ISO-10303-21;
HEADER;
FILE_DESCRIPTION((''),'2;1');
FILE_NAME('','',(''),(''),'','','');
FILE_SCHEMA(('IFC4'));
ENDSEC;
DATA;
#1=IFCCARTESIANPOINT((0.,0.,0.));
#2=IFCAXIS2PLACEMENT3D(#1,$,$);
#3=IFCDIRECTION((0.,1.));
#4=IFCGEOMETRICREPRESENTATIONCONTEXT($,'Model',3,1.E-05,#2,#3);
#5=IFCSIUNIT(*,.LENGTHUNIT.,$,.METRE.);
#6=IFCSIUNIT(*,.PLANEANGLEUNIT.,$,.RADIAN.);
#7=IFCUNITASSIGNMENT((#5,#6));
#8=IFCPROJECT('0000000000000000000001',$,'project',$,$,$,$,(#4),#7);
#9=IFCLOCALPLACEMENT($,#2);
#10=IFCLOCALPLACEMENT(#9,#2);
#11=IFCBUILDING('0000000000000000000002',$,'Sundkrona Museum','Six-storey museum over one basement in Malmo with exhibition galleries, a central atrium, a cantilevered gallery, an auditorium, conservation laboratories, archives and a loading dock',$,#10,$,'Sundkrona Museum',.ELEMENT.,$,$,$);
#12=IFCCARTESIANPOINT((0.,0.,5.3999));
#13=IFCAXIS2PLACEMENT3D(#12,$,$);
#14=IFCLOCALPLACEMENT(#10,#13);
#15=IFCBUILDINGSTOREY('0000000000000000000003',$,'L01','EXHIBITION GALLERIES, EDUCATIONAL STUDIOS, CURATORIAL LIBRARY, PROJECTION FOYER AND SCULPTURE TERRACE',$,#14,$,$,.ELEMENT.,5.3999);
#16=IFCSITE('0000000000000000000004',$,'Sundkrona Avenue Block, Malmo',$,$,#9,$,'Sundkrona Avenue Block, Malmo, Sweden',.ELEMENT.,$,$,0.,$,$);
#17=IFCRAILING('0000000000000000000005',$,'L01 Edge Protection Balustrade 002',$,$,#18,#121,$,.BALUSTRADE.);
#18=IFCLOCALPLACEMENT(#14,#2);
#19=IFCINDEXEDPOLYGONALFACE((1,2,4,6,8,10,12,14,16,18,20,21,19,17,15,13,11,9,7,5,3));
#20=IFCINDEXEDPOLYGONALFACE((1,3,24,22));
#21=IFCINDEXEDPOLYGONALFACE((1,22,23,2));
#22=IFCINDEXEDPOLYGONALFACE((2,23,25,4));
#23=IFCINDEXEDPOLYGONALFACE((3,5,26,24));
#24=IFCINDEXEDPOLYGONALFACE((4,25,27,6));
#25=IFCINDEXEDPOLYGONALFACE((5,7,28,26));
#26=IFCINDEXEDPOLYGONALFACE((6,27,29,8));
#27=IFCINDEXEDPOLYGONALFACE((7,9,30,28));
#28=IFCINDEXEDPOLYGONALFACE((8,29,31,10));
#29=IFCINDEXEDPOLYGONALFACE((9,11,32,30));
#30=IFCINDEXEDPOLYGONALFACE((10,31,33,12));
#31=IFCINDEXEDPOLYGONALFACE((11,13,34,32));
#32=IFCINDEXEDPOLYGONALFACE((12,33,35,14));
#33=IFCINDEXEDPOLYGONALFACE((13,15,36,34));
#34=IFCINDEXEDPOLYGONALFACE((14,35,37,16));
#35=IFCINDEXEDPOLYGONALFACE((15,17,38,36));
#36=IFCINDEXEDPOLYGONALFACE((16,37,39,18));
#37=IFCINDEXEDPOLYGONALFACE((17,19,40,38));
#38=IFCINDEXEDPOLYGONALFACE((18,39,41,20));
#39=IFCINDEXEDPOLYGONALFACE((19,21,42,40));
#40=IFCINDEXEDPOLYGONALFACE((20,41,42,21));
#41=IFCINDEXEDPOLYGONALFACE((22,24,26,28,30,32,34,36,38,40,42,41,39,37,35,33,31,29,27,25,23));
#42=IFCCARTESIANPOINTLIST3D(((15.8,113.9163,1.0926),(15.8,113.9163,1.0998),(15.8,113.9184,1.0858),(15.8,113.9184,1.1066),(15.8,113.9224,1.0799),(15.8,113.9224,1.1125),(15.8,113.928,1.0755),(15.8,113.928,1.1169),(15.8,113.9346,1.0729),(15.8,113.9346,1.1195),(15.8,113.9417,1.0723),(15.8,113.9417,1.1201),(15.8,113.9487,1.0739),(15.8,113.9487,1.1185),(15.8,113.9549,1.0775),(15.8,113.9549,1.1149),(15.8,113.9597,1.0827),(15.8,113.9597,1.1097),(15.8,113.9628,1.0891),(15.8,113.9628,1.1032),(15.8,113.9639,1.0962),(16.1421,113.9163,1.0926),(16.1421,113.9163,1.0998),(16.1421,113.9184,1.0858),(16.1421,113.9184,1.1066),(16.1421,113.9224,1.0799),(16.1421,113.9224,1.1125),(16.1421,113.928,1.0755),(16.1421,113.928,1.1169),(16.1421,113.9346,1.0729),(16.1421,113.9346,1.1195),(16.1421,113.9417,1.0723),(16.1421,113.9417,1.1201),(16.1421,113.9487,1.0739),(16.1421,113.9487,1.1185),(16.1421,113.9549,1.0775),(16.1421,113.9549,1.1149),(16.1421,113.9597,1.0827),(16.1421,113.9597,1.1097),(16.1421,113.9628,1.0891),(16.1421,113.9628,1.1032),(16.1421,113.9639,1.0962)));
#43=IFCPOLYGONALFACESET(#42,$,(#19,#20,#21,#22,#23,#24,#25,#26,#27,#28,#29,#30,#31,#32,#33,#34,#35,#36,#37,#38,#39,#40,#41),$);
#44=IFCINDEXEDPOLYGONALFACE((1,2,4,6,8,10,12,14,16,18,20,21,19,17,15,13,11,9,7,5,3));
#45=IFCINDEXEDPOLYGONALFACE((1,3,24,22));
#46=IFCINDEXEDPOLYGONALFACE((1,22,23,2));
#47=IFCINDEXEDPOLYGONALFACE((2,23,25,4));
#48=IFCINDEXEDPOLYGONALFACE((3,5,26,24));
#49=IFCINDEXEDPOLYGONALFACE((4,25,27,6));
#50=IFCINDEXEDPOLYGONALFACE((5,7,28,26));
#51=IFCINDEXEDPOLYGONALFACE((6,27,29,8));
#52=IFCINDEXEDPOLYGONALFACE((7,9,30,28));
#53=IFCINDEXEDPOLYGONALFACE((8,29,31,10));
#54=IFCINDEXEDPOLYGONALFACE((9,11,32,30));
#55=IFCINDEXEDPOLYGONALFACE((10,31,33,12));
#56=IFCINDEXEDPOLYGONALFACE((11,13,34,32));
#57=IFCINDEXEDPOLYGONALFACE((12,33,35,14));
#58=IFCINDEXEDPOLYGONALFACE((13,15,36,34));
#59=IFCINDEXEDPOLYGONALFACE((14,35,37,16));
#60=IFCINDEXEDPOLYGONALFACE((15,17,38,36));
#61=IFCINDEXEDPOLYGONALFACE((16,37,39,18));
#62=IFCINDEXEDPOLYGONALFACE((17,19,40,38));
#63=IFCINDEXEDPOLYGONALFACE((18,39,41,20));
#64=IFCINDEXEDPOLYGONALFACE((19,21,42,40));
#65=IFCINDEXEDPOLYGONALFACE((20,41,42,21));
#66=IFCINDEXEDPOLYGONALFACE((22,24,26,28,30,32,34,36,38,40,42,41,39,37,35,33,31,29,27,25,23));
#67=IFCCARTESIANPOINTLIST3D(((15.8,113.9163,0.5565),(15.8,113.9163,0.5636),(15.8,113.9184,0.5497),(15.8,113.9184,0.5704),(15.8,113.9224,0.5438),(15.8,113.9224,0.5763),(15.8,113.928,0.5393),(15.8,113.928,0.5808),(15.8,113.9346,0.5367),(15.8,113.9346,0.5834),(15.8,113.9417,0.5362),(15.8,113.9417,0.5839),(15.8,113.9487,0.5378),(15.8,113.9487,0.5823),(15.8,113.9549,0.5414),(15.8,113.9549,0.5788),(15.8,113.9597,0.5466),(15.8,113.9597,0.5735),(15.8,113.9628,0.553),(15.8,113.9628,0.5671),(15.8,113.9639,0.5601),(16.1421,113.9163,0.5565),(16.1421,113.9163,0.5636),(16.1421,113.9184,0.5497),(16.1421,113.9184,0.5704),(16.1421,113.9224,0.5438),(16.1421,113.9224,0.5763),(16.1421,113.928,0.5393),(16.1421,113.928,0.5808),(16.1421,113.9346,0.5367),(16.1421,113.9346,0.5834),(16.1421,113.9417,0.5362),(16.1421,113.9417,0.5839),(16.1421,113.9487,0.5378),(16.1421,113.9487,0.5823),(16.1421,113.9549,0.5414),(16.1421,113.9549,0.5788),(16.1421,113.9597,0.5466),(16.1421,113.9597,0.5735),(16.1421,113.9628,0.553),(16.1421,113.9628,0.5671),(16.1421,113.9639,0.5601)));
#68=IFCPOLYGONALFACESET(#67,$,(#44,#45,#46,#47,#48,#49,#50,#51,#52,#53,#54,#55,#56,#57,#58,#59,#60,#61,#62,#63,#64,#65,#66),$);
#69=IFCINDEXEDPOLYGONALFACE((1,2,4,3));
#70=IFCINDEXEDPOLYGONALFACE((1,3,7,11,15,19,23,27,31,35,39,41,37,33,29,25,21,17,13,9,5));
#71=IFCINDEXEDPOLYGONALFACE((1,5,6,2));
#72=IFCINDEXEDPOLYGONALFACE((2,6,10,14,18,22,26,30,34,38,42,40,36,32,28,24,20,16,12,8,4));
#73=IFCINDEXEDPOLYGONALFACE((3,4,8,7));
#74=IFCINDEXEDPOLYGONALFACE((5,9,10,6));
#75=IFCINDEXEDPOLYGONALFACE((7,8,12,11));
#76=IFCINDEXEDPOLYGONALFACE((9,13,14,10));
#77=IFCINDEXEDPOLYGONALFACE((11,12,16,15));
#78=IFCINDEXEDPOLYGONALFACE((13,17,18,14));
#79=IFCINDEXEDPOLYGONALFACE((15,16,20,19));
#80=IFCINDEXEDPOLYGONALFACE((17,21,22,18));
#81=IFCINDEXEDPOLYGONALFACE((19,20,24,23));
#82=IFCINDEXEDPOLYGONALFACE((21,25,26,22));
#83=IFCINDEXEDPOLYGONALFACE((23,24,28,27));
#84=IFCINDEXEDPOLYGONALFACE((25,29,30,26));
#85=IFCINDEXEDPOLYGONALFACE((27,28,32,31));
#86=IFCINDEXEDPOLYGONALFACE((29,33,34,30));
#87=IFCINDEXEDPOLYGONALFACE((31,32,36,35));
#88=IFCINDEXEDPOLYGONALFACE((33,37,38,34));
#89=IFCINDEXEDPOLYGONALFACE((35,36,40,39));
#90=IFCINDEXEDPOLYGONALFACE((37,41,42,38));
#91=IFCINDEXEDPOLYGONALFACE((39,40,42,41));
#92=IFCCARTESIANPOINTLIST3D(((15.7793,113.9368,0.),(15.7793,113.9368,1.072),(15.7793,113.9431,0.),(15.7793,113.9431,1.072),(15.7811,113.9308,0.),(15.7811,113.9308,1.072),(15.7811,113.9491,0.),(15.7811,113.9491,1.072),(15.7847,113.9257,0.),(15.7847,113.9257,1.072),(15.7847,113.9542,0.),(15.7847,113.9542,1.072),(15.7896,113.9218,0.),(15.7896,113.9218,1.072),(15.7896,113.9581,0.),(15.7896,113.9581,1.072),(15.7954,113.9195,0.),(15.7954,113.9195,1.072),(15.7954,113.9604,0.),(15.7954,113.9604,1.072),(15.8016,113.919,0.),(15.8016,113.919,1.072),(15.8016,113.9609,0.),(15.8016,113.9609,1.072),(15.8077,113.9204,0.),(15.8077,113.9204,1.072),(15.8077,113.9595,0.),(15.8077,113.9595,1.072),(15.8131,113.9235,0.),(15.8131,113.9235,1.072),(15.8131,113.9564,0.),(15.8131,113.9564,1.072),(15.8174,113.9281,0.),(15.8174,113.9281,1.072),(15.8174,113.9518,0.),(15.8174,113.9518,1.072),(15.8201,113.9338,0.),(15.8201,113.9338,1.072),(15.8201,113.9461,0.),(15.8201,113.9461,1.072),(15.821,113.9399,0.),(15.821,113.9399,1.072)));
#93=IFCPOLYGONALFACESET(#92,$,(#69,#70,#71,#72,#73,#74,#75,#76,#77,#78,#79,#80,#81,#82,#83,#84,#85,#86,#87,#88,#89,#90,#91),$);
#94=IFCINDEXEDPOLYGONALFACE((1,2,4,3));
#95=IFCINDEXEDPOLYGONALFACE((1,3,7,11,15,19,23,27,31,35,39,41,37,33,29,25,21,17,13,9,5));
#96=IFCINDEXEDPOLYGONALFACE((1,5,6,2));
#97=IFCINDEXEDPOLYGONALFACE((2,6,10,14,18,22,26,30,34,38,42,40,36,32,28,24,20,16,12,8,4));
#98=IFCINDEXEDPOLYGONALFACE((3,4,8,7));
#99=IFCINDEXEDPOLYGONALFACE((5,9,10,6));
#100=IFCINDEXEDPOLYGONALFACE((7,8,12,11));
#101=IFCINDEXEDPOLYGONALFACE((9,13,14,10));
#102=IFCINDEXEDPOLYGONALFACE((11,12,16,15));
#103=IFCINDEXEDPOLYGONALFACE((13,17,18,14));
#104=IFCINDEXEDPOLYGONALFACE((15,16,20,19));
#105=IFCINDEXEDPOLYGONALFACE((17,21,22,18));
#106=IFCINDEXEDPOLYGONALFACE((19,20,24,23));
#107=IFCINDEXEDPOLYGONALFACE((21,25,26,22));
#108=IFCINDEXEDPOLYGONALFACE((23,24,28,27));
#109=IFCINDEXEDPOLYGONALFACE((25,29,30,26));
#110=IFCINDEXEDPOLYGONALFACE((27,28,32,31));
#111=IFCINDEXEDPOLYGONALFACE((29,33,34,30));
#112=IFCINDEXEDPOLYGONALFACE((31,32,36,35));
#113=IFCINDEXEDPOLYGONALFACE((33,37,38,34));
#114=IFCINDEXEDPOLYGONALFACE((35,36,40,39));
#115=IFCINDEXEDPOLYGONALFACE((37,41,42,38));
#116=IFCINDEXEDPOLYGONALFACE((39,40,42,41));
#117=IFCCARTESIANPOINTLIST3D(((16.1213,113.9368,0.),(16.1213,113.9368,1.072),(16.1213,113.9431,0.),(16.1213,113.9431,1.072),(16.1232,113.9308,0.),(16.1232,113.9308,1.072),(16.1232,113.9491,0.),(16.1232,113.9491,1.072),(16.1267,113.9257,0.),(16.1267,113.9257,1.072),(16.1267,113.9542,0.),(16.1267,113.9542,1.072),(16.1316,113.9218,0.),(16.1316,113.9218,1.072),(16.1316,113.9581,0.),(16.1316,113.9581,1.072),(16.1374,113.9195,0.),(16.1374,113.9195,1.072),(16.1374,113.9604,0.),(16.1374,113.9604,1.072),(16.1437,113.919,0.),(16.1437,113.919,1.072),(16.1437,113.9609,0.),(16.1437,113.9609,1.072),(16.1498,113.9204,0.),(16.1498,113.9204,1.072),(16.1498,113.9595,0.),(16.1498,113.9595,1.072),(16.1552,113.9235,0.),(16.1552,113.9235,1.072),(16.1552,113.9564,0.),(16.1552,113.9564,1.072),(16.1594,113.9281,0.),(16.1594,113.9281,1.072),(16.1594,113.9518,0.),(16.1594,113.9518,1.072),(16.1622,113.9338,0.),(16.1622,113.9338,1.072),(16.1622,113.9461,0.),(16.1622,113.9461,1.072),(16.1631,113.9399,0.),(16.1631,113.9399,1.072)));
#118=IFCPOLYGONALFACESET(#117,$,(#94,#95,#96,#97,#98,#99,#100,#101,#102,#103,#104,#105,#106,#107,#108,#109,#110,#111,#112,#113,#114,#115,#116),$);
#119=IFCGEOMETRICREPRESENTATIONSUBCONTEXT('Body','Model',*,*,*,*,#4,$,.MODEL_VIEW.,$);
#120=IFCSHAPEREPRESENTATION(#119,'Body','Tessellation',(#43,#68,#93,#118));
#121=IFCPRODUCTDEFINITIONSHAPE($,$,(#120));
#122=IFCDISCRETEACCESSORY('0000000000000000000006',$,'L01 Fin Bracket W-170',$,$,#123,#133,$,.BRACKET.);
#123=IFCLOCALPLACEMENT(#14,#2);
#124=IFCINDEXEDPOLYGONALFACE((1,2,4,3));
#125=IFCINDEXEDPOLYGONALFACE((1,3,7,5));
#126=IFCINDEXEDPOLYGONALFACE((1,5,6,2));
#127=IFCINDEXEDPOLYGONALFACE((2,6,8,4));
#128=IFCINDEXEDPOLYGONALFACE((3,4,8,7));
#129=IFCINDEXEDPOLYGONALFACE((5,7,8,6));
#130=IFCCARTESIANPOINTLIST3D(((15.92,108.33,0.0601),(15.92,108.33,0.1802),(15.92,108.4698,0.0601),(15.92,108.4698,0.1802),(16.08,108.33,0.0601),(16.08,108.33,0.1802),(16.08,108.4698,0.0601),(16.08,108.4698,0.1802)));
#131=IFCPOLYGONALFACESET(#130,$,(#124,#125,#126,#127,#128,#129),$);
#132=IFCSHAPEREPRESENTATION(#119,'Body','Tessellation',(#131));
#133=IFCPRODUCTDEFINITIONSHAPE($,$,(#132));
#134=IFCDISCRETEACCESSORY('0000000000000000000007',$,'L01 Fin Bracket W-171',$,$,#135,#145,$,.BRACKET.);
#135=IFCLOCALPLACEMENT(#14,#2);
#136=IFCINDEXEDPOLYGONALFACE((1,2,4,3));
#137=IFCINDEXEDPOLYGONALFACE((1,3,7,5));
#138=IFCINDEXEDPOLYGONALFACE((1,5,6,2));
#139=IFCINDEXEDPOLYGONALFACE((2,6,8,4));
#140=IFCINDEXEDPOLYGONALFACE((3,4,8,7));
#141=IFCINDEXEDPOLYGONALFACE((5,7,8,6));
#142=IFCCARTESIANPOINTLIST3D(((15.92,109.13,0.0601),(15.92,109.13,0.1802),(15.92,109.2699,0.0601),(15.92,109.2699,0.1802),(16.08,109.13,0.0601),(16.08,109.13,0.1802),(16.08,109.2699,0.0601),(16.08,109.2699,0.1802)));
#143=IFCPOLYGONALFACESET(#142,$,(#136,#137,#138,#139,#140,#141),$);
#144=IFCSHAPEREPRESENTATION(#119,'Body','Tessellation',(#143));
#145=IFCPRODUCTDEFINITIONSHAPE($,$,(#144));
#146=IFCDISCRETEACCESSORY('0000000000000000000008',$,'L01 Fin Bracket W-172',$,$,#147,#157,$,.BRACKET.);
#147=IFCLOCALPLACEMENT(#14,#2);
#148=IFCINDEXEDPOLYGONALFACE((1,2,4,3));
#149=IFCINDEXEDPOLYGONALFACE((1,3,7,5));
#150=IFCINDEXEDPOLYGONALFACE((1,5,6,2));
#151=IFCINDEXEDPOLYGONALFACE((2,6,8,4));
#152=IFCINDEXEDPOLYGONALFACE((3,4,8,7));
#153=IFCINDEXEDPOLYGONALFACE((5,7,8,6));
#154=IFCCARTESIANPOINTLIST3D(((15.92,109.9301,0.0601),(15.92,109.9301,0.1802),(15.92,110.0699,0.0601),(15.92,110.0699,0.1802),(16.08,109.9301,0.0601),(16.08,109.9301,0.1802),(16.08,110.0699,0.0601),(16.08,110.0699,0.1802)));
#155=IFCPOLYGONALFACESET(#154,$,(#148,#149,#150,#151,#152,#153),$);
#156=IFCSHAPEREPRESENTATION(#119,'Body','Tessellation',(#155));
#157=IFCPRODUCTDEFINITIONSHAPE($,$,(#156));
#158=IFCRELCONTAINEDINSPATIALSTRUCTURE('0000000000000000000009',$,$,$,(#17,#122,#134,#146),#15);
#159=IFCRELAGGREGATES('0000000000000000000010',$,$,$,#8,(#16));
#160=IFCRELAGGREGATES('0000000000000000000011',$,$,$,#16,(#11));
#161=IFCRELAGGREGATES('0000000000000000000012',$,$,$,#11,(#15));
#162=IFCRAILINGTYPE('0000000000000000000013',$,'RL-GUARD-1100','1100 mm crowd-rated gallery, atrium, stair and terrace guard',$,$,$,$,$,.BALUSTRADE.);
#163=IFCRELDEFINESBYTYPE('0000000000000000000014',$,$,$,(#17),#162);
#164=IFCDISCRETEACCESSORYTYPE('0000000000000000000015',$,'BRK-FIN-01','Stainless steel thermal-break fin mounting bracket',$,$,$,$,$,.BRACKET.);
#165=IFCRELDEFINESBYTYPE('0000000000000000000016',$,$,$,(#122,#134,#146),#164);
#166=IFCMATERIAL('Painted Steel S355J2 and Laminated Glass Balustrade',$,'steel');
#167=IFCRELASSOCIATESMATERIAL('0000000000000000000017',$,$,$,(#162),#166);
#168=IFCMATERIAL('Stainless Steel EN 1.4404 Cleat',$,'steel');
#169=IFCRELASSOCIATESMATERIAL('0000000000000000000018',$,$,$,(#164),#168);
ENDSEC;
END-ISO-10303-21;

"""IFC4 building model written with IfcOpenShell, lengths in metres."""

from ifc_helpers import new_model, si_unit, direction, frame, origin, origin_2d, place, context, subcontext, project, spatial, rectangle, circle, extrude, material, type_object, element, save


model = new_model("IFC4")

# Units and contexts
model_context = context("Model", 3, precision=1e-05, world=origin(), true_north=direction((0.0, 1.0)))
body_context = subcontext(model_context, "Body", "Model", "MODEL_VIEW")
ifc_project = project(units=[si_unit("LENGTHUNIT", "METRE"), si_unit("PLANEANGLEUNIT", "RADIAN")], contexts=[model_context])

# Site, building, storey
site_placement = place(None, origin())
site = spatial("IfcSite", under=ifc_project, at=site_placement, Name="Sundkrona Avenue Block, Malmo", LongName="Sundkrona Avenue Block, Malmo, Sweden", CompositionType="ELEMENT", RefElevation=0.0)
building_placement = place(site_placement, origin())
building = spatial("IfcBuilding", under=site, at=building_placement, Name="Sundkrona Museum", Description="Six-storey museum over one basement in Malmo with exhibition galleries, a central atrium, a cantilevered gallery, an auditorium, conservation laboratories, archives and a loading dock", LongName="Sundkrona Museum", CompositionType="ELEMENT")
storey_placement = place(building_placement, frame((0.0, 0.0, 5.3999)))
storey = spatial("IfcBuildingStorey", under=building, at=storey_placement, Name="L01", Description="EXHIBITION GALLERIES, EDUCATIONAL STUDIOS, CURATORIAL LIBRARY, PROJECTION FOYER AND SCULPTURE TERRACE", CompositionType="ELEMENT", Elevation=5.3999)

# Railing
ifc_material_1 = material(Name="Painted Steel S355J2 and Laminated Glass Balustrade", Category="steel")
railing_type = type_object("IfcRailingType", Name="RL-GUARD-1100", Description="1100 mm crowd-rated gallery, atrium, stair and terrace guard", PredefinedType="BALUSTRADE", material=ifc_material_1)
railing_placement = place(storey_placement, frame((15.8, 113.9399, 0.0)))
element("IfcRailing", 1, at=railing_placement, inside=storey, type_object=railing_type, Name="L01 Edge Protection Balustrade 002", PredefinedType="BALUSTRADE", context=body_context, shape_type="SweptSolid", body=[
    extrude(circle(Radius=0.0239, at=origin_2d()), frame((0.0, 0.0, 1.0962), z_axis=(1.0, 0.0, 0.0), x_axis=(0.0, 1.0, 0.0)), (0.0, 0.0, 1.0), 0.342),
    extrude(circle(Radius=0.0239, at=origin_2d()), frame((0.0, 0.0, 0.5601), z_axis=(1.0, 0.0, 0.0), x_axis=(0.0, 1.0, 0.0)), (0.0, 0.0, 1.0), 0.342),
    extrude(circle(Radius=0.021, at=origin_2d()), origin(), (0.0, 0.0, 1.0), 1.072),
    extrude(circle(Radius=0.021, at=origin_2d()), frame((0.342, 0.0, 0.0)), (0.0, 0.0, 1.0), 1.072),
])

# Discrete accessories
ifc_material_2 = material(Name="Stainless Steel EN 1.4404 Cleat", Category="steel")
discrete_accessory_type = type_object("IfcDiscreteAccessoryType", Name="BRK-FIN-01", Description="Stainless steel thermal-break fin mounting bracket", PredefinedType="BRACKET", material=ifc_material_2)
for number, where, z_axis, x_axis, name in (
    (2, (16.0, 108.3999, 0.0601), (0.0, 0.0, 1.0), (1.0, 0.0, 0.0), "L01 Fin Bracket W-170"),
    (3, (16.0, 109.2, 0.0601), (0.0, 0.0, 1.0), (1.0, 0.0, 0.0), "L01 Fin Bracket W-171"),
    (4, (16.0, 110.0, 0.0601), (0.0, 0.0, 1.0), (1.0, 0.0, 0.0), "L01 Fin Bracket W-172"),
):
    element("IfcDiscreteAccessory", number, at=place(storey_placement, frame(where, z_axis=z_axis, x_axis=x_axis)), inside=storey, type_object=discrete_accessory_type, Name=name, PredefinedType="BRACKET", context=body_context, shape_type="SweptSolid", body=[
        extrude(rectangle(XDim=0.1599, YDim=0.1399, at=origin_2d()), origin(), (0.0, 0.0, 1.0), 0.1201),
    ])

save(model, "model.ifc")
